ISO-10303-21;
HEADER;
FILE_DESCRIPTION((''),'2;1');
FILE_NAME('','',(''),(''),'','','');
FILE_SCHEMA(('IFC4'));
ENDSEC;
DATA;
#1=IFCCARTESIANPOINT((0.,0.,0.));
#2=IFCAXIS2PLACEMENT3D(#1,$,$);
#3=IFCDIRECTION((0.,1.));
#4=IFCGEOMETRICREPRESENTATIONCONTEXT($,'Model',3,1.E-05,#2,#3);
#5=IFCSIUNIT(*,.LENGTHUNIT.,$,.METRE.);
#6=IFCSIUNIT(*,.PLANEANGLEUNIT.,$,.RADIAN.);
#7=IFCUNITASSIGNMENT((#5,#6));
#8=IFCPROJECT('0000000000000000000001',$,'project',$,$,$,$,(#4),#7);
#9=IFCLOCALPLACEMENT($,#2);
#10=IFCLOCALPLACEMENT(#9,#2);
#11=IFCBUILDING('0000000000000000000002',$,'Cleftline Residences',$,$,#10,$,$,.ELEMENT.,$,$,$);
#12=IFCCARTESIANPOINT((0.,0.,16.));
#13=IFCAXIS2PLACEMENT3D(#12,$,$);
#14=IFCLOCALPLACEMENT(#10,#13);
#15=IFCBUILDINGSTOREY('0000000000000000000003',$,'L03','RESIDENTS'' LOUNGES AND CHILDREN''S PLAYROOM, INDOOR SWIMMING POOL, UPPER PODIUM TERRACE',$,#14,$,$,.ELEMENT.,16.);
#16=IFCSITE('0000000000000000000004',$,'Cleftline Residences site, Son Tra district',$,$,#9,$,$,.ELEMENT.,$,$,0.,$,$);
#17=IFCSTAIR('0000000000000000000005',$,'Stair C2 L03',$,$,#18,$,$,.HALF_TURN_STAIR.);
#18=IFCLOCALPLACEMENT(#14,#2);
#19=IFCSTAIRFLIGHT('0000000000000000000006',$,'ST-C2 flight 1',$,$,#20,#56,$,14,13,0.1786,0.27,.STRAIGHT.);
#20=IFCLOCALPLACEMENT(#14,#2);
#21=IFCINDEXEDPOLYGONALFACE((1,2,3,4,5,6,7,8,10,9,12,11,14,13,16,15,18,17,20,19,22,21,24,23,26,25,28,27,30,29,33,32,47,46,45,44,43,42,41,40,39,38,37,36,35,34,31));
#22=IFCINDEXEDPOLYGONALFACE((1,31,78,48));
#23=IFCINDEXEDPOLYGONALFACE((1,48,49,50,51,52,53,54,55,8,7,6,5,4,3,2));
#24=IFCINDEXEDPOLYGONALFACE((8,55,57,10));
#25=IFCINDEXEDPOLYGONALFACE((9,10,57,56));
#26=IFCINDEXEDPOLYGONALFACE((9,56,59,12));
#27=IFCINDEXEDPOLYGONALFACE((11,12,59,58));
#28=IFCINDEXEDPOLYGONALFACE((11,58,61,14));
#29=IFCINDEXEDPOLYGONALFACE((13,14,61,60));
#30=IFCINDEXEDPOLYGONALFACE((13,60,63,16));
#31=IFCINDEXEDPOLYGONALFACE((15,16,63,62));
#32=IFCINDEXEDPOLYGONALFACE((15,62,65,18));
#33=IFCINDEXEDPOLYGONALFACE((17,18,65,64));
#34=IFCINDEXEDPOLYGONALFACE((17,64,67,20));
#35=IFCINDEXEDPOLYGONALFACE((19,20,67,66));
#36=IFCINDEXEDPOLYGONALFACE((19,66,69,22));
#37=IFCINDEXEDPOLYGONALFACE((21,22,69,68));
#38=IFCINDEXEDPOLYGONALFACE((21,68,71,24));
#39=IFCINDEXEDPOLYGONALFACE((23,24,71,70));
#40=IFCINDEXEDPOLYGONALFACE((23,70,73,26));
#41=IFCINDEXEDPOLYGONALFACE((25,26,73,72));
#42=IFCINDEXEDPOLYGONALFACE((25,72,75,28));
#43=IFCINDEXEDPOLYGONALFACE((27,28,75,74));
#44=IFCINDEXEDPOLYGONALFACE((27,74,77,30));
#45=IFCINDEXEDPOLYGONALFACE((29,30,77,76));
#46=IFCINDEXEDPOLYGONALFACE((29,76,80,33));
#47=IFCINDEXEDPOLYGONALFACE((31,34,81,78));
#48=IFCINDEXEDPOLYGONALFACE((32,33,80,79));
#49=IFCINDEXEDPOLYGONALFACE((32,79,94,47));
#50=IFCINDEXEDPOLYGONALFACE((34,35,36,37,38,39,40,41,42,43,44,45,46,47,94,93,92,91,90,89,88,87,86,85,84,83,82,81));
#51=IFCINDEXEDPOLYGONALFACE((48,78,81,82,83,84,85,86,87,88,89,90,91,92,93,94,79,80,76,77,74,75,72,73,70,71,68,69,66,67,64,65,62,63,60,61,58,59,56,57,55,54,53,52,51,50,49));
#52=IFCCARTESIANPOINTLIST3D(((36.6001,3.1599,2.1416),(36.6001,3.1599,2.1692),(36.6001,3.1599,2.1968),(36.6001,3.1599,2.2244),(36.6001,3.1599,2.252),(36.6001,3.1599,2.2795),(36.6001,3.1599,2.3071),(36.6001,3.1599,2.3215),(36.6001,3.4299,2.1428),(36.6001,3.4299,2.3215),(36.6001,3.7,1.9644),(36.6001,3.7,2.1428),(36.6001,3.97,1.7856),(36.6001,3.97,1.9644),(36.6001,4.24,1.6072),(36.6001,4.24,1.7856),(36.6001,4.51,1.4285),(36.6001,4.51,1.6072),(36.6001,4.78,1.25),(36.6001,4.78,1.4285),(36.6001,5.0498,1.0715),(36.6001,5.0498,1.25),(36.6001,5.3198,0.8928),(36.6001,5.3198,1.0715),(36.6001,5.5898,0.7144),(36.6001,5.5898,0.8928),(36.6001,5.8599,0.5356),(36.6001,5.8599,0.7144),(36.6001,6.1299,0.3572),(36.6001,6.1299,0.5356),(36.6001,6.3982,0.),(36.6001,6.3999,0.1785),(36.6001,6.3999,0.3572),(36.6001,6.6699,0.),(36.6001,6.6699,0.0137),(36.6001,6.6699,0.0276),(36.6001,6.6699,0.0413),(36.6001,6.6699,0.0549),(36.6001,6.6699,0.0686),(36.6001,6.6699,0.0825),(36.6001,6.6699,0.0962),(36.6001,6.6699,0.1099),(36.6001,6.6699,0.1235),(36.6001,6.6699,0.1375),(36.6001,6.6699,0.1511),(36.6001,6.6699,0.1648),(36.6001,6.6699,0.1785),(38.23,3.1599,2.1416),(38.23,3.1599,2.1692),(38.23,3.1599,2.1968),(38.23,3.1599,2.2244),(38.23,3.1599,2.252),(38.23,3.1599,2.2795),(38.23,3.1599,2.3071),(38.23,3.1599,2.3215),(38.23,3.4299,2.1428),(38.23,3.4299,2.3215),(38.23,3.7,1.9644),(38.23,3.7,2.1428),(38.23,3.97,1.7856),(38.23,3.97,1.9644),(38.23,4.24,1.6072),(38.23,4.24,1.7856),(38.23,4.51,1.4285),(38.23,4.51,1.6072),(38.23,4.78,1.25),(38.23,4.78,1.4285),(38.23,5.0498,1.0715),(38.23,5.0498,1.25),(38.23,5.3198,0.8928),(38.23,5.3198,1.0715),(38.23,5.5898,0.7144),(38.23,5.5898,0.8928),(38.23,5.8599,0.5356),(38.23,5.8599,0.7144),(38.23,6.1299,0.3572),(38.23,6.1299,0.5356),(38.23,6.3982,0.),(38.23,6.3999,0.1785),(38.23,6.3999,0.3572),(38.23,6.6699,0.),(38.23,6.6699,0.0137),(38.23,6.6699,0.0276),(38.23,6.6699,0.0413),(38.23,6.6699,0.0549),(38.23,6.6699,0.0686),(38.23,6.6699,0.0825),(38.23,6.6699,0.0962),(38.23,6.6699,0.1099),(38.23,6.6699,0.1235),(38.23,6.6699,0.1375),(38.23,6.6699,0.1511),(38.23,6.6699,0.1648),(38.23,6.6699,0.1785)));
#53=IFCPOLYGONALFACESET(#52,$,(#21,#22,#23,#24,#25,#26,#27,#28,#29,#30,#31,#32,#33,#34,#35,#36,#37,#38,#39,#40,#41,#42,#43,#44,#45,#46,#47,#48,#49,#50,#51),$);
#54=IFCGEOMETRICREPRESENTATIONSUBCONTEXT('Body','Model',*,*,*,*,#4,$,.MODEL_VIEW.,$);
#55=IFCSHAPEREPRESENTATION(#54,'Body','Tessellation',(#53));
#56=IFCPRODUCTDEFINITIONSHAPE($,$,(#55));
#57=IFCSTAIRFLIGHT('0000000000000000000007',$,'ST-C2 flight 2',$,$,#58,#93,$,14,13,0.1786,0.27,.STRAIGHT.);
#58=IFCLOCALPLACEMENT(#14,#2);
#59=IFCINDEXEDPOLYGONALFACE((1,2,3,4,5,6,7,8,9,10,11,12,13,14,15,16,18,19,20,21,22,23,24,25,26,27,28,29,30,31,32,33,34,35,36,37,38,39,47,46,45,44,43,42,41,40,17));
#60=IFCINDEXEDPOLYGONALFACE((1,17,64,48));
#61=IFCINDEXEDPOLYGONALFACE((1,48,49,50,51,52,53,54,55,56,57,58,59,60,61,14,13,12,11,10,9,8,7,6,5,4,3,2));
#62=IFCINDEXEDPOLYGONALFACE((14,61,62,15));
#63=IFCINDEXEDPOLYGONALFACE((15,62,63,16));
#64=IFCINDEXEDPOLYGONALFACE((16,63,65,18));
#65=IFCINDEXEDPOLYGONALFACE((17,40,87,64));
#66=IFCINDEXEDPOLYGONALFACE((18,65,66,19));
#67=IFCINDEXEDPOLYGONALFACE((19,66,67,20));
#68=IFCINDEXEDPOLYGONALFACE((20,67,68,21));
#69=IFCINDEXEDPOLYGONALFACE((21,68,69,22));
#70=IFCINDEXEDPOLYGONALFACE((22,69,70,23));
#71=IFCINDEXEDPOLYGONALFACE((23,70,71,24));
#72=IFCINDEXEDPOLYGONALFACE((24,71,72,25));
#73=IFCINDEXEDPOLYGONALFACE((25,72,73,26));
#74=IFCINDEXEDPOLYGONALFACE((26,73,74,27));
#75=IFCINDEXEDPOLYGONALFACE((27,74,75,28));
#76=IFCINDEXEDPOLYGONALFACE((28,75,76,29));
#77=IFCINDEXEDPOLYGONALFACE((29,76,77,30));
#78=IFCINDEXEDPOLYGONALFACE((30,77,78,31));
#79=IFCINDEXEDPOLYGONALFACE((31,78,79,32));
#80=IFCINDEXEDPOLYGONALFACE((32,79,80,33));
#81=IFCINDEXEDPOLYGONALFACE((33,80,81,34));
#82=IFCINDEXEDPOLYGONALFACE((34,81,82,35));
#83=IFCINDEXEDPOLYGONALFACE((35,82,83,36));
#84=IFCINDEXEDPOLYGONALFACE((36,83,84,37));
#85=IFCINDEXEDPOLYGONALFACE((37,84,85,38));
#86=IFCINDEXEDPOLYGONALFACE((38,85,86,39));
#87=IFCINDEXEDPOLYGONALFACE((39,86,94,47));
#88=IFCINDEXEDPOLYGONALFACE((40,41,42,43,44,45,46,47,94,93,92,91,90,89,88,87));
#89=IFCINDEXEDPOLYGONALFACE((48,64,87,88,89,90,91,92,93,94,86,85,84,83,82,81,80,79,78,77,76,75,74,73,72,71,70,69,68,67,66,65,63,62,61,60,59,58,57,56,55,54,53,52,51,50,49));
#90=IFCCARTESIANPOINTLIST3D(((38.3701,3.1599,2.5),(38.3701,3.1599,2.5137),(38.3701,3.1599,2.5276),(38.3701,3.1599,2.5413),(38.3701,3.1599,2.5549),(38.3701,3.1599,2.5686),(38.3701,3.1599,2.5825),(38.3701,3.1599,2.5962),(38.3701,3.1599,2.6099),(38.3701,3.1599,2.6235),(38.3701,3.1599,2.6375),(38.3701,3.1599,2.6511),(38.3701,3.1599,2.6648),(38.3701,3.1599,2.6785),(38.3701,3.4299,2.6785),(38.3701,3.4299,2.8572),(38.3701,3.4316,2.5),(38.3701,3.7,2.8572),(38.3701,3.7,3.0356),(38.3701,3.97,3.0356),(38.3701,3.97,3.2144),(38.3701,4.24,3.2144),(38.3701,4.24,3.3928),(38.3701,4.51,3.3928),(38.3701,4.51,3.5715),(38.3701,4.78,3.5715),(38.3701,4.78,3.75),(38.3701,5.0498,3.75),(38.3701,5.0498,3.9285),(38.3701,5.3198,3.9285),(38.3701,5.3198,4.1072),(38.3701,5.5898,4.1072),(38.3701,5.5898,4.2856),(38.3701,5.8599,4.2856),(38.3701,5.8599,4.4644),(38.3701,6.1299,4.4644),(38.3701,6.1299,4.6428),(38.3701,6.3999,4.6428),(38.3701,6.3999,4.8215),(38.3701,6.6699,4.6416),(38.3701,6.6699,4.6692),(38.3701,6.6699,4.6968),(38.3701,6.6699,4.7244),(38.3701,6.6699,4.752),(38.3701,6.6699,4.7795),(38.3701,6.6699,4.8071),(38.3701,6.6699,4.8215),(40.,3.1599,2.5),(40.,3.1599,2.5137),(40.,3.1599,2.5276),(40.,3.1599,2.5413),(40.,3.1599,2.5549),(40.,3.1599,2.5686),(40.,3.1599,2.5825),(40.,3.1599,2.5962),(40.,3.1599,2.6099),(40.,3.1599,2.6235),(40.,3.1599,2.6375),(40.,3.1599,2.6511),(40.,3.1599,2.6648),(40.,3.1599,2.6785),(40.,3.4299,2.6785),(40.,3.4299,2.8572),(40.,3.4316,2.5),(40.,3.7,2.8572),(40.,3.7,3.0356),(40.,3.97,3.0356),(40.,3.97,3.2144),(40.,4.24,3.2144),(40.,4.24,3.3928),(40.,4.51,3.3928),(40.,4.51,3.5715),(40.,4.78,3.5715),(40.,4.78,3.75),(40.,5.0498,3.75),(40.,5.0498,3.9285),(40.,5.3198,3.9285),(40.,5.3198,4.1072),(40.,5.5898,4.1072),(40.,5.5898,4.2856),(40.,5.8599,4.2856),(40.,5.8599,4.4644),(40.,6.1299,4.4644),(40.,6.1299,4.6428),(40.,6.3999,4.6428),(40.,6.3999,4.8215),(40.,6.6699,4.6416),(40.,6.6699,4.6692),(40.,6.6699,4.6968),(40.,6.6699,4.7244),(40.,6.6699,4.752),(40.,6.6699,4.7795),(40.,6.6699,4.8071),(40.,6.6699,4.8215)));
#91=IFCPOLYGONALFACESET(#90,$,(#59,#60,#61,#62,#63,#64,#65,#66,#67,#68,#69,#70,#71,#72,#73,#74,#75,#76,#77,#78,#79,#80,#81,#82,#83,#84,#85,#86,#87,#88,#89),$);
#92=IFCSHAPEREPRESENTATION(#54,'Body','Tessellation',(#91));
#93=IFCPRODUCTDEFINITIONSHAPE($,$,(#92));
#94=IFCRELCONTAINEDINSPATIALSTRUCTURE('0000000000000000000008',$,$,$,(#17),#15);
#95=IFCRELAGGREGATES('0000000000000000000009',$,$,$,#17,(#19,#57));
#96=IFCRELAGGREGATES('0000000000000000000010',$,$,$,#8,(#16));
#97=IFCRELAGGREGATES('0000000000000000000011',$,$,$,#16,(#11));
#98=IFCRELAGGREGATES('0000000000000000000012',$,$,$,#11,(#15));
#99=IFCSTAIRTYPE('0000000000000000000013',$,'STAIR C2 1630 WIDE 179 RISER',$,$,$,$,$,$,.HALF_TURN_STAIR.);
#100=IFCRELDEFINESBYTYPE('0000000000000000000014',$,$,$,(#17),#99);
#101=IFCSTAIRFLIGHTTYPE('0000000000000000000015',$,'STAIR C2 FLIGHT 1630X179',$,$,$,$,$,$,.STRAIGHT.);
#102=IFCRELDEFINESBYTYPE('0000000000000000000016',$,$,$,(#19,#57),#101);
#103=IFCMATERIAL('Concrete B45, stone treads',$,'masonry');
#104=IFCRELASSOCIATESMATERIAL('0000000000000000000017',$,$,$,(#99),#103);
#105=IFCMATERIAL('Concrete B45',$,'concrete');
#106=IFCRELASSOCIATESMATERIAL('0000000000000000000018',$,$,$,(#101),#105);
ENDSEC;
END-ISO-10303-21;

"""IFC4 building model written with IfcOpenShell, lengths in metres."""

from ifc_helpers import new_model, si_unit, direction, frame, origin, place, context, subcontext, project, spatial, polyline, outline, extrude, material, type_object, element, aggregate, save


model = new_model("IFC4")

# Units and contexts
model_context = context("Model", 3, precision=1e-05, world=origin(), true_north=direction((0.0, 1.0)))
body_context = subcontext(model_context, "Body", "Model", "MODEL_VIEW")
ifc_project = project(units=[si_unit("LENGTHUNIT", "METRE"), si_unit("PLANEANGLEUNIT", "RADIAN")], contexts=[model_context])

# Site, building, storey
site_placement = place(None, origin())
site = spatial("IfcSite", under=ifc_project, at=site_placement, Name="Cleftline Residences site, Son Tra district", CompositionType="ELEMENT", RefElevation=0.0)
building_placement = place(site_placement, origin())
building = spatial("IfcBuilding", under=site, at=building_placement, Name="Cleftline Residences", CompositionType="ELEMENT")
storey_placement = place(building_placement, frame((0.0, 0.0, 16.0)))
storey = spatial("IfcBuildingStorey", under=building, at=storey_placement, Name="L03", Description="RESIDENTS' LOUNGES AND CHILDREN'S PLAYROOM, INDOOR SWIMMING POOL, UPPER PODIUM TERRACE", CompositionType="ELEMENT", Elevation=16.0)

# Stair, stair flights
ifc_material_1 = material(Name="Concrete B45, stone treads", Category="masonry")
stair_type_1 = type_object("IfcStairType", Name="STAIR C2 1630 WIDE 179 RISER", PredefinedType="HALF_TURN_STAIR", material=ifc_material_1)
stair_1_placement = place(storey_placement, origin())
stair_1 = element("IfcStair", 1, at=stair_1_placement, inside=storey, type_object=stair_type_1, Name="Stair C2 L03", PredefinedType="HALF_TURN_STAIR")
ifc_material_2 = material(Name="Concrete B45", Category="concrete")
stair_flight_type_1 = type_object("IfcStairFlightType", Name="STAIR C2 FLIGHT 1630X179", PredefinedType="STRAIGHT", material=ifc_material_2)
stair_flight_1_placement = place(storey_placement, frame((37.415, 6.6699, 0.0), z_axis=(0.0, 0.0, 1.0), x_axis=(0.0, -1.0, 0.0)))
stair_flight_1 = element("IfcStairFlight", 2, at=stair_flight_1_placement, type_object=stair_flight_type_1, Name="ST-C2 flight 1", NumberOfRisers=14, NumberOfTreads=13, PredefinedType="STRAIGHT", RiserHeight=0.1786, TreadLength=0.27, context=body_context, shape_type="SweptSolid", body=[
    extrude(outline(polyline([(0.0, 0.0), (0.0, 0.0137), (0.0, 0.0276), (0.0, 0.0413), (0.0, 0.0549), (0.0, 0.0686), (0.0, 0.0825), (0.0, 0.0962), (0.0, 0.1099), (0.0, 0.1235), (0.0, 0.1375), (0.0, 0.1511), (0.0, 0.1648), (0.0, 0.1785), (0.27, 0.1785), (0.27, 0.3572), (0.54, 0.3572), (0.54, 0.5356), (0.8101, 0.5356), (0.8101, 0.7144), (1.0801, 0.7144), (1.0801, 0.8928), (1.3501, 0.8928), (1.3501, 1.0715), (1.6201, 1.0715), (1.6201, 1.25), (1.8899, 1.25), (1.8899, 1.4285), (2.1599, 1.4285), (2.1599, 1.6072), (2.4299, 1.6072), (2.4299, 1.7856), (2.7, 1.7856), (2.7, 1.9644), (2.97, 1.9644), (2.97, 2.1428), (3.24, 2.1428), (3.24, 2.3215), (3.51, 2.3215), (3.51, 2.5), (3.51, 2.4724), (3.51, 2.4448), (3.51, 2.4172), (3.51, 2.3896), (3.51, 2.3623), (3.51, 2.3347), (3.51, 2.3071), (3.51, 2.2795), (3.51, 2.252), (3.51, 2.2244), (3.51, 2.1968), (3.51, 2.1692), (3.51, 2.1416), (0.2717, 0.0), (0.0, 0.0)])), frame((0.0, 0.8149, 0.0), z_axis=(0.0, -1.0, 0.0), x_axis=(1.0, 0.0, 0.0)), (0.0, 0.0, 1.0), 1.6299),
])
stair_flight_2_placement = place(storey_placement, frame((39.1851, 3.1599, 2.5), z_axis=(0.0, 0.0, 1.0), x_axis=(0.0, 1.0, 0.0)))
stair_flight_2 = element("IfcStairFlight", 3, at=stair_flight_2_placement, type_object=stair_flight_type_1, Name="ST-C2 flight 2", NumberOfRisers=14, NumberOfTreads=13, PredefinedType="STRAIGHT", RiserHeight=0.1786, TreadLength=0.27, context=body_context, shape_type="SweptSolid", body=[
    extrude(outline(polyline([(0.0, 0.0), (0.0, 0.0137), (0.0, 0.0276), (0.0, 0.0413), (0.0, 0.0549), (0.0, 0.0686), (0.0, 0.0825), (0.0, 0.0962), (0.0, 0.1099), (0.0, 0.1235), (0.0, 0.1375), (0.0, 0.1511), (0.0, 0.1648), (0.0, 0.1785), (0.27, 0.1785), (0.27, 0.3572), (0.54, 0.3572), (0.54, 0.5356), (0.8101, 0.5356), (0.8101, 0.7144), (1.0801, 0.7144), (1.0801, 0.8928), (1.3501, 0.8928), (1.3501, 1.0715), (1.6201, 1.0715), (1.6201, 1.25), (1.8899, 1.25), (1.8899, 1.4285), (2.1599, 1.4285), (2.1599, 1.6072), (2.4299, 1.6072), (2.4299, 1.7856), (2.7, 1.7856), (2.7, 1.9644), (2.97, 1.9644), (2.97, 2.1428), (3.24, 2.1428), (3.24, 2.3215), (3.51, 2.3215), (3.51, 2.5), (3.51, 2.4724), (3.51, 2.4448), (3.51, 2.4172), (3.51, 2.3896), (3.51, 2.3623), (3.51, 2.3347), (3.51, 2.3071), (3.51, 2.2795), (3.51, 2.252), (3.51, 2.2244), (3.51, 2.1968), (3.51, 2.1692), (3.51, 2.1416), (0.2717, 0.0), (0.0, 0.0)])), frame((0.0, 0.8149, 0.0), z_axis=(0.0, -1.0, 0.0), x_axis=(1.0, 0.0, 0.0)), (0.0, 0.0, 1.0), 1.6299),
])
aggregate(stair_1, [stair_flight_1, stair_flight_2])

save(model, "model.ifc")
